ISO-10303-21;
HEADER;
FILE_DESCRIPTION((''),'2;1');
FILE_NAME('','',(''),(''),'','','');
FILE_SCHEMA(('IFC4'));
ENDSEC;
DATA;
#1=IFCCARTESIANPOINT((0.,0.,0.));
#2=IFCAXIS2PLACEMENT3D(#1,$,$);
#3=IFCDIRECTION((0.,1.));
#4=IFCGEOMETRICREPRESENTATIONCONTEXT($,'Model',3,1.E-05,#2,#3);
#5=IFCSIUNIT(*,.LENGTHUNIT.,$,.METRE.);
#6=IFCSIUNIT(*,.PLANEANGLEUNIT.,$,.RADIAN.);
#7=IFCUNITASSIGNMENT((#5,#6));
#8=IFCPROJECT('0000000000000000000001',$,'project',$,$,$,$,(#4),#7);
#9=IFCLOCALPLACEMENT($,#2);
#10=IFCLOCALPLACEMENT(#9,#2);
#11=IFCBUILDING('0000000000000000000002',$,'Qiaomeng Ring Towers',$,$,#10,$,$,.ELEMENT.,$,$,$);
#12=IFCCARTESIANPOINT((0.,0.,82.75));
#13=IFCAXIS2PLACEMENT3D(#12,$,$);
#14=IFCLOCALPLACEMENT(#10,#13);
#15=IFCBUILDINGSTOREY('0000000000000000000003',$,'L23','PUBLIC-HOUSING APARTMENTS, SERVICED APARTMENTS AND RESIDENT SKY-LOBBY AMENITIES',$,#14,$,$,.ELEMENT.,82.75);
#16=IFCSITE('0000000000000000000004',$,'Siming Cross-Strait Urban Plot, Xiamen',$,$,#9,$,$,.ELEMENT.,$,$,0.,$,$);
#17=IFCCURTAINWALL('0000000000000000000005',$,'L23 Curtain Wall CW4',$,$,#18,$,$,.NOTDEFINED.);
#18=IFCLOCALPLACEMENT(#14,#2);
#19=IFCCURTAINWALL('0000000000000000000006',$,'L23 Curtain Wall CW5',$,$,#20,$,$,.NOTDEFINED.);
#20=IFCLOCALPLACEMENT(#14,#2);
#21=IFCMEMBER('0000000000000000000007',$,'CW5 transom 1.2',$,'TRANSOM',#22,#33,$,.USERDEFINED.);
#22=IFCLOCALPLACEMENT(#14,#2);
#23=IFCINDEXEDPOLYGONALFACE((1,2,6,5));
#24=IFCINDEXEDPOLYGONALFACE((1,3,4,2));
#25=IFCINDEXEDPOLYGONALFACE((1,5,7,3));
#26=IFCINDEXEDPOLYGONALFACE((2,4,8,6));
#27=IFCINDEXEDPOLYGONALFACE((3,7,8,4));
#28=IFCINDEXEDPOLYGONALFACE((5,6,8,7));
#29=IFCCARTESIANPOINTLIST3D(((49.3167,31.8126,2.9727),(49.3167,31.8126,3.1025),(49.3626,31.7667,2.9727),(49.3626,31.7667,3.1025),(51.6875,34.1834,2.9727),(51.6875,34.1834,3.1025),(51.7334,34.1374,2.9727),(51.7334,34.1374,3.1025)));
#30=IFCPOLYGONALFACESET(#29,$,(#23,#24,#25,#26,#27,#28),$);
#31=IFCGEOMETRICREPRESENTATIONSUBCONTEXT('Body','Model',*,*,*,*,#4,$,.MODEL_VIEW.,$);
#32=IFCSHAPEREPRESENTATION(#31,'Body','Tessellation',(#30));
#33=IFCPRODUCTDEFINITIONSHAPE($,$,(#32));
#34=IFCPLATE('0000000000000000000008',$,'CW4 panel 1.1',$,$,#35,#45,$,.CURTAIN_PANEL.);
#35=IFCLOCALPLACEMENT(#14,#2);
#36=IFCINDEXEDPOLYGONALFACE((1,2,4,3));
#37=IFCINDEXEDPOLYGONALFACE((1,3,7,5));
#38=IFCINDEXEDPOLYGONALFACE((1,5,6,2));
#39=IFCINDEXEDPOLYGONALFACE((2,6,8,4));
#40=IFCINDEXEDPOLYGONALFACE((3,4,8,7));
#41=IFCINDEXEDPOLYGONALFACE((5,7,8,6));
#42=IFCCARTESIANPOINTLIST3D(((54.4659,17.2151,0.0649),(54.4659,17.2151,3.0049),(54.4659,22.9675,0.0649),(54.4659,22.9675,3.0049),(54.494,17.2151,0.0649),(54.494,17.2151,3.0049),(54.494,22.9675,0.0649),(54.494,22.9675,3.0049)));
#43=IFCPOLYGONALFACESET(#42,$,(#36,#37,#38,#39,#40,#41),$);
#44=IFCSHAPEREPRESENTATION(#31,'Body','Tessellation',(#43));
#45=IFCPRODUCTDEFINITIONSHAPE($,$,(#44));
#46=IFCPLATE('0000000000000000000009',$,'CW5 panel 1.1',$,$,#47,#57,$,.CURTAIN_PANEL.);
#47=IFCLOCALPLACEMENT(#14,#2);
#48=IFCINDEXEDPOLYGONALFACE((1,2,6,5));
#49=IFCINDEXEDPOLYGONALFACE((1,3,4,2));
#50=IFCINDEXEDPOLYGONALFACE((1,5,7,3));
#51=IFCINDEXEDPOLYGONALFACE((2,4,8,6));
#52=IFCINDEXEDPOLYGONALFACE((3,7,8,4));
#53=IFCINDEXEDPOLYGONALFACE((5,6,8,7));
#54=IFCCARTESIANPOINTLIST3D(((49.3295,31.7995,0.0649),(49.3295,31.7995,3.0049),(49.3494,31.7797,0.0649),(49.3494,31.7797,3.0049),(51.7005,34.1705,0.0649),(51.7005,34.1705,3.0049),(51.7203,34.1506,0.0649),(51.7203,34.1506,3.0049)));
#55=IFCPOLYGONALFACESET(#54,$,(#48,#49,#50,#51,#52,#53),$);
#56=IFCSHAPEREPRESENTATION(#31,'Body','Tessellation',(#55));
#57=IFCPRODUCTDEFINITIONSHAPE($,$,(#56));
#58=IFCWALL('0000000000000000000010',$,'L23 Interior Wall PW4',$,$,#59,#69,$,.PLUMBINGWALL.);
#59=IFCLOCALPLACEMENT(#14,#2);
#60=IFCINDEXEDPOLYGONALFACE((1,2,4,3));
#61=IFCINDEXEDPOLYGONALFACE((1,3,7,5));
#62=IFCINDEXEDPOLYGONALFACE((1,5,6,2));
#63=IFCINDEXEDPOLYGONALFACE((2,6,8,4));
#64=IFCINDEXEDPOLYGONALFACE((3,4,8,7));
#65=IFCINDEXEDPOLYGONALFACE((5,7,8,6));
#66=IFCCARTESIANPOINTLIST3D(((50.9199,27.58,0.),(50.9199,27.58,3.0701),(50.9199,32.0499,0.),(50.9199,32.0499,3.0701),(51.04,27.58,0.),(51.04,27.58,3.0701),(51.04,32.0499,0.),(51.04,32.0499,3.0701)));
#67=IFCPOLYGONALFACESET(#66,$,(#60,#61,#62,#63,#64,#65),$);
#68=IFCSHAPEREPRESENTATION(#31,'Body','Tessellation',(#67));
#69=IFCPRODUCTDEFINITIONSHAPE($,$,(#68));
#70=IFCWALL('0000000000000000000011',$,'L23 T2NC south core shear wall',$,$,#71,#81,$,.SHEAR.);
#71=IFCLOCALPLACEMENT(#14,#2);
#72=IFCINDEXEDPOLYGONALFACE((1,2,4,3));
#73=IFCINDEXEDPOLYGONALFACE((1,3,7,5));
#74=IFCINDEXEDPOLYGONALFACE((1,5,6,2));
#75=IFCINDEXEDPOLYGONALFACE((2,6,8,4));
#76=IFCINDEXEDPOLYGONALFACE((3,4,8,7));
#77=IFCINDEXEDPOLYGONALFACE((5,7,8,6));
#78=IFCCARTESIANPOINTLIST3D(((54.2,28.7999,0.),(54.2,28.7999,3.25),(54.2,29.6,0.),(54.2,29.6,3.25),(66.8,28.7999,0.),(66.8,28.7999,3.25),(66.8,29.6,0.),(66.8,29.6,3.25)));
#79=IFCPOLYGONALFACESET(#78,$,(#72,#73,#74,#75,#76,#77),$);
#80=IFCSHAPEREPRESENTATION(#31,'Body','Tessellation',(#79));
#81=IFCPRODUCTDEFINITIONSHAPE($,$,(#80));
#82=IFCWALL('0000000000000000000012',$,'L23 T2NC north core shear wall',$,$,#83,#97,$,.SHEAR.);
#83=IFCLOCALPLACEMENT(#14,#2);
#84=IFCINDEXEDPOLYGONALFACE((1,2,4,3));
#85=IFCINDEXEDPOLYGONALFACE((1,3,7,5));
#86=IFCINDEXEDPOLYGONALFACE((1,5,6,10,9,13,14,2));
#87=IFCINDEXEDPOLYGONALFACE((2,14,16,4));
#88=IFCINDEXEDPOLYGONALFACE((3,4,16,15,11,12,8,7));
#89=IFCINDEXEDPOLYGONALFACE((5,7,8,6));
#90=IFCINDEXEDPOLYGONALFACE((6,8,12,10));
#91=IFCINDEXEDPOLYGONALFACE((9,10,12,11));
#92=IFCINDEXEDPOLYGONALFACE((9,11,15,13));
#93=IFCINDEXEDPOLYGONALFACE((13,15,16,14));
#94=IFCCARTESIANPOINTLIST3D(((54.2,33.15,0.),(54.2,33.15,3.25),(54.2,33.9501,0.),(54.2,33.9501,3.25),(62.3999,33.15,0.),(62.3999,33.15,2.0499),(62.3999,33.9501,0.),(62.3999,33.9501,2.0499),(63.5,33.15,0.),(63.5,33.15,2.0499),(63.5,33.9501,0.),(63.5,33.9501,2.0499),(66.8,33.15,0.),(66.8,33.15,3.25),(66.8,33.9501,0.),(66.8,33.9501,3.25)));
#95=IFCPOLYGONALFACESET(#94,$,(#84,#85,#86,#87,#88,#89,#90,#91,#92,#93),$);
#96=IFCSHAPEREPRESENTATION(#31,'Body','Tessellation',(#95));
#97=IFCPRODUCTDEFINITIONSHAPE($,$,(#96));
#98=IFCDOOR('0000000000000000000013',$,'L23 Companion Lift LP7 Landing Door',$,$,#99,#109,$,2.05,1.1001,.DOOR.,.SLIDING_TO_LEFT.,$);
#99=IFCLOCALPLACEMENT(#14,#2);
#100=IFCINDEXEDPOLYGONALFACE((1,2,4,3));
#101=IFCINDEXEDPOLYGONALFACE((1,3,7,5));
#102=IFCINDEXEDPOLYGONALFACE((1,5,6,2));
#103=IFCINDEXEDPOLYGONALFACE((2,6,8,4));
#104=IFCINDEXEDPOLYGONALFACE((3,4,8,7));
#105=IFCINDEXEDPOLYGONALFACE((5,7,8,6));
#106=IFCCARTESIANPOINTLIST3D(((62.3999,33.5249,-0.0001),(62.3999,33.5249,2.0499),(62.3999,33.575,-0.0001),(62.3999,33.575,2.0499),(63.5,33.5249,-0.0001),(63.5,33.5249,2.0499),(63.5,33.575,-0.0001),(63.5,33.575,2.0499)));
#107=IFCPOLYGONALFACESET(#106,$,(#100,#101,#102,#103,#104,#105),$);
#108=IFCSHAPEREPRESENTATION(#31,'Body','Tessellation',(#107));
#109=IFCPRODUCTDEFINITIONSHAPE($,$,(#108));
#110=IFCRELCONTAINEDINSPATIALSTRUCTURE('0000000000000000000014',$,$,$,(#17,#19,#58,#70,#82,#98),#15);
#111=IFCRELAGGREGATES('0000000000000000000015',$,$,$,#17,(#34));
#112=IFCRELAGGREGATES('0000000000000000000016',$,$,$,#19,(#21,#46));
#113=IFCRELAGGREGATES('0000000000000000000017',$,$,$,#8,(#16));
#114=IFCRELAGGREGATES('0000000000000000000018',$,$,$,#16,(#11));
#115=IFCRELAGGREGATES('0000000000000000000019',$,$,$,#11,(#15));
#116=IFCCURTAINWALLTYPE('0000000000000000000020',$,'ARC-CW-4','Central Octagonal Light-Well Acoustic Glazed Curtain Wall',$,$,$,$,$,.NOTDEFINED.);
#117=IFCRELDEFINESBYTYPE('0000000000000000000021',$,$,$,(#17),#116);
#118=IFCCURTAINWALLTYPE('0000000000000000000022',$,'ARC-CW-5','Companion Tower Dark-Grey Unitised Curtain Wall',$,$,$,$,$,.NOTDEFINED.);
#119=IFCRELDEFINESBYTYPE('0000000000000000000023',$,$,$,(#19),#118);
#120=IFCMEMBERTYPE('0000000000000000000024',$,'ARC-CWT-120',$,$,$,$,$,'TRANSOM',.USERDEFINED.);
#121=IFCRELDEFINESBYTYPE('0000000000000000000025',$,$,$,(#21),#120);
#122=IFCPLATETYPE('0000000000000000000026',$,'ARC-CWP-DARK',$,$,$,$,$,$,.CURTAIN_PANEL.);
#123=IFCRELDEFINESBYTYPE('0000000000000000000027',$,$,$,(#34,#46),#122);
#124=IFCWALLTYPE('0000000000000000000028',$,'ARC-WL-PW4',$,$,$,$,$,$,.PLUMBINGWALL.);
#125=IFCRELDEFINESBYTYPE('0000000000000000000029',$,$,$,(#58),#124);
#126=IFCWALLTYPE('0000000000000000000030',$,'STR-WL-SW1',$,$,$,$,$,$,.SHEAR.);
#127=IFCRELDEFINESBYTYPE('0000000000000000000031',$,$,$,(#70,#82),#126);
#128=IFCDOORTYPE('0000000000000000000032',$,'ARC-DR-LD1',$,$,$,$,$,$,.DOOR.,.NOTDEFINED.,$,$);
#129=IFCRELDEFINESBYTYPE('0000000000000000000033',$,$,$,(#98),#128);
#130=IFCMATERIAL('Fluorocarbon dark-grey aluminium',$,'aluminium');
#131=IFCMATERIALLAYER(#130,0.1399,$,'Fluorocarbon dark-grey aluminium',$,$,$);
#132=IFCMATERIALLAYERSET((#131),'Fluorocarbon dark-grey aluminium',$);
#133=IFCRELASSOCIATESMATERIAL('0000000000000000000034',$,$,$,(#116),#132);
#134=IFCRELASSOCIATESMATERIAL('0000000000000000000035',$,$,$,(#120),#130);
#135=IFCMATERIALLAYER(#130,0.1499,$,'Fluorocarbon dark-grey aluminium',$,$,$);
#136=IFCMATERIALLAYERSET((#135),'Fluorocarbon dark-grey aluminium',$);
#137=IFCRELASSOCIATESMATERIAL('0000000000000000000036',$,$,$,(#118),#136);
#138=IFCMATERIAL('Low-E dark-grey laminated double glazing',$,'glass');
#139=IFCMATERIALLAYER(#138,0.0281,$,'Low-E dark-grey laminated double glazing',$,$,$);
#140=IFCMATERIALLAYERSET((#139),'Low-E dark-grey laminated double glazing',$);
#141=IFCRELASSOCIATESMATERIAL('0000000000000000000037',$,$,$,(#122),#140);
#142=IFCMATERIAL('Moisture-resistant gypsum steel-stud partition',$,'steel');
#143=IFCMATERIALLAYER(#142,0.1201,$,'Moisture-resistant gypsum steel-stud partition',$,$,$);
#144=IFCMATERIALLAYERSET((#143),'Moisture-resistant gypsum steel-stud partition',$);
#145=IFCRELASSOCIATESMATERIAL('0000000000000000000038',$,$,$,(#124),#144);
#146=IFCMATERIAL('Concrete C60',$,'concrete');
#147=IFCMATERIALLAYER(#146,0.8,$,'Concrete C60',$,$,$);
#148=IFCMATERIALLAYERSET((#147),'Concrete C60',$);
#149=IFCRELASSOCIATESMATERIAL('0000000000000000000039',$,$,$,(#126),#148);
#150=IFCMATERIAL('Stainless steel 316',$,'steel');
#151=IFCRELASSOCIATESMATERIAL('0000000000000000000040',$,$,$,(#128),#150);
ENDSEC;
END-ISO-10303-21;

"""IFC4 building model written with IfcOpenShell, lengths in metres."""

from ifc_helpers import new_model, si_unit, direction, frame, frame_2d, origin, origin_2d, place, context, subcontext, project, spatial, rectangle, extrude, source, transform, mapped, material, layer, layer_set, material_profile, profile_set, type_object, element, fill, aggregate, save


model = new_model("IFC4")

# Units and contexts
model_context = context("Model", 3, precision=1e-05, world=origin(), true_north=direction((0.0, 1.0)))
body_context = subcontext(model_context, "Body", "Model", "MODEL_VIEW")
ifc_project = project(units=[si_unit("LENGTHUNIT", "METRE"), si_unit("PLANEANGLEUNIT", "RADIAN")], contexts=[model_context])

# Site, building, storey
site_placement = place(None, origin())
site = spatial("IfcSite", under=ifc_project, at=site_placement, Name="Siming Cross-Strait Urban Plot, Xiamen", CompositionType="ELEMENT", RefElevation=0.0)
building_placement = place(site_placement, origin())
building = spatial("IfcBuilding", under=site, at=building_placement, Name="Qiaomeng Ring Towers", CompositionType="ELEMENT")
storey_placement = place(building_placement, frame((0.0, 0.0, 82.75)))
storey = spatial("IfcBuildingStorey", under=building, at=storey_placement, Name="L23", Description="PUBLIC-HOUSING APARTMENTS, SERVICED APARTMENTS AND RESIDENT SKY-LOBBY AMENITIES", CompositionType="ELEMENT", Elevation=82.75)

# Curtain wall
ifc_material_1 = material(Name="Fluorocarbon dark-grey aluminium", Category="aluminium")
ifc_layer_1 = layer(ifc_material_1, 0.1399, Name="Fluorocarbon dark-grey aluminium")
ifc_layer_set_1 = layer_set([ifc_layer_1], Name="Fluorocarbon dark-grey aluminium")
curtain_wall_type_1 = type_object("IfcCurtainWallType", Name="ARC-CW-4", Description="Central Octagonal Light-Well Acoustic Glazed Curtain Wall", PredefinedType="NOTDEFINED", material=ifc_layer_set_1)
curtain_wall_1_placement = place(storey_placement, origin())
curtain_wall_1 = element("IfcCurtainWall", 1, at=curtain_wall_1_placement, inside=storey, type_object=curtain_wall_type_1, Name="L23 Curtain Wall CW4", PredefinedType="NOTDEFINED")
ifc_material_profile_1 = material_profile(ifc_material_1, rectangle(XDim=0.0649, YDim=0.1299, at=origin_2d()), Name="ALU TRAN 65x130")
ifc_profile_set_1 = profile_set([ifc_material_profile_1], Name="Fluorocarbon dark-grey aluminium")
member_type_1 = type_object("IfcMemberType", Name="ARC-CWT-120", ElementType="TRANSOM", PredefinedType="USERDEFINED", material=ifc_profile_set_1)

# Shared definitions
ifc_layer_2 = layer(ifc_material_1, 0.1499, Name="Fluorocarbon dark-grey aluminium")
ifc_layer_set_2 = layer_set([ifc_layer_2], Name="Fluorocarbon dark-grey aluminium")
curtain_wall_type_2 = type_object("IfcCurtainWallType", Name="ARC-CW-5", Description="Companion Tower Dark-Grey Unitised Curtain Wall", PredefinedType="NOTDEFINED", material=ifc_layer_set_2)

# Curtain wall
curtain_wall_2_placement = place(storey_placement, origin())
curtain_wall_2 = element("IfcCurtainWall", 2, at=curtain_wall_2_placement, inside=storey, type_object=curtain_wall_type_2, Name="L23 Curtain Wall CW5", PredefinedType="NOTDEFINED")

# Member
shared_shape_1 = source(origin(), body_context, "Body", "SweptSolid", [
    extrude(rectangle(XDim=0.0649, YDim=0.1299, at=origin_2d()), origin(), (0.0, 0.0, 1.0), 3.3528),
])
member_1_placement = place(storey_placement, frame((51.7104, 34.1604, 3.0376), z_axis=(-0.707107, -0.707107, 0.0), x_axis=(0.707107, -0.707107, 0.0)))
member_1 = element("IfcMember", 3, at=member_1_placement, type_object=member_type_1, Name="CW5 transom 1.2", ObjectType="TRANSOM", PredefinedType="USERDEFINED", context=body_context, shape_type="MappedRepresentation", body=[
    mapped(shared_shape_1, transform((0.0, 0.0, 0.0), x_axis=(1.0, 0.0, 0.0), y_axis=(0.0, 1.0, 0.0), z_axis=(0.0, 0.0, 1.0), scale=1.0)),
])

# Plates
ifc_material_2 = material(Name="Low-E dark-grey laminated double glazing", Category="glass")
ifc_layer_3 = layer(ifc_material_2, 0.0281, Name="Low-E dark-grey laminated double glazing")
ifc_layer_set_3 = layer_set([ifc_layer_3], Name="Low-E dark-grey laminated double glazing")
plate_type = type_object("IfcPlateType", Name="ARC-CWP-DARK", PredefinedType="CURTAIN_PANEL", material=ifc_layer_set_3)
shared_shape_2 = source(origin(), body_context, "Body", "SweptSolid", [
    extrude(rectangle(XDim=5.7524, YDim=0.0281, at=origin_2d()), origin(), (0.0, 0.0, 1.0), 2.9399),
])
plate_1_placement = place(storey_placement, frame((54.48, 20.0913, 0.0649), z_axis=(0.0, 0.0, 1.0), x_axis=(0.0, 1.0, 0.0)))
plate_1 = element("IfcPlate", 4, at=plate_1_placement, type_object=plate_type, Name="CW4 panel 1.1", PredefinedType="CURTAIN_PANEL", context=body_context, shape_type="MappedRepresentation", body=[
    mapped(shared_shape_2, transform((0.0, 0.0, 0.0), x_axis=(1.0, 0.0, 0.0), y_axis=(0.0, 1.0, 0.0), z_axis=(0.0, 0.0, 1.0), scale=1.0)),
])
aggregate(curtain_wall_1, [plate_1])
shared_shape_3 = source(origin(), body_context, "Body", "SweptSolid", [
    extrude(rectangle(XDim=3.353, YDim=0.0281, at=origin_2d()), origin(), (0.0, 0.0, 1.0), 2.9399),
])
plate_2_placement = place(storey_placement, frame((50.5249, 32.9751, 0.0649), z_axis=(0.0, 0.0, 1.0), x_axis=(-0.707107, -0.707107, 0.0)))
plate_2 = element("IfcPlate", 5, at=plate_2_placement, type_object=plate_type, Name="CW5 panel 1.1", PredefinedType="CURTAIN_PANEL", context=body_context, shape_type="MappedRepresentation", body=[
    mapped(shared_shape_3, transform((0.0, 0.0, 0.0), x_axis=(1.0, 0.0, 0.0), y_axis=(0.0, 1.0, 0.0), z_axis=(0.0, 0.0, 1.0), scale=1.0)),
])
aggregate(curtain_wall_2, [member_1, plate_2])

# Walls
ifc_material_3 = material(Name="Moisture-resistant gypsum steel-stud partition", Category="steel")
ifc_layer_4 = layer(ifc_material_3, 0.1201, Name="Moisture-resistant gypsum steel-stud partition")
ifc_layer_set_4 = layer_set([ifc_layer_4], Name="Moisture-resistant gypsum steel-stud partition")
wall_type_1 = type_object("IfcWallType", Name="ARC-WL-PW4", PredefinedType="PLUMBINGWALL", material=ifc_layer_set_4)
wall_1_placement = place(storey_placement, frame((50.98, 27.5801, 0.0), z_axis=(0.0, 0.0, 1.0), x_axis=(0.0, 1.0, 0.0)))
element("IfcWall", 6, at=wall_1_placement, inside=storey, type_object=wall_type_1, Name="L23 Interior Wall PW4", PredefinedType="PLUMBINGWALL", context=body_context, shape_type="SweptSolid", body=[
    extrude(rectangle(XDim=4.47, YDim=0.1201, at=frame_2d((2.2349, 0.0))), origin(), (0.0, 0.0, 1.0), 3.0701),
])
ifc_material_4 = material(Name="Concrete C60", Category="concrete")
ifc_layer_5 = layer(ifc_material_4, 0.8, Name="Concrete C60")
ifc_layer_set_5 = layer_set([ifc_layer_5], Name="Concrete C60")
wall_type_2 = type_object("IfcWallType", Name="STR-WL-SW1", PredefinedType="SHEAR", material=ifc_layer_set_5)
wall_2_placement = place(storey_placement, frame((54.2, 29.2, 0.0), z_axis=(0.0, 0.0, 1.0), x_axis=(1.0, 0.0, 0.0)))
element("IfcWall", 7, at=wall_2_placement, inside=storey, type_object=wall_type_2, Name="L23 T2NC south core shear wall", PredefinedType="SHEAR", context=body_context, shape_type="SweptSolid", body=[
    extrude(rectangle(XDim=12.6001, YDim=0.8, at=frame_2d((6.3, 0.0))), origin(), (0.0, 0.0, 1.0), 3.25),
])

# Wall, opening, door
wall_3_placement = place(storey_placement, frame((54.2, 33.55, 0.0), z_axis=(0.0, 0.0, 1.0), x_axis=(1.0, 0.0, 0.0)))
wall_3 = element("IfcWall", 8, at=wall_3_placement, inside=storey, type_object=wall_type_2, Name="L23 T2NC north core shear wall", PredefinedType="SHEAR", context=body_context, shape_type="SweptSolid", body=[
    extrude(rectangle(XDim=12.6001, YDim=0.8, at=frame_2d((6.3, 0.0))), origin(), (0.0, 0.0, 1.0), 3.25),
])
opening_placement = place(wall_3_placement, frame((8.2, 0.0, 0.0)))
opening = element("IfcOpeningElement", 9, at=opening_placement, cuts=wall_3, PredefinedType="OPENING", context=body_context, shape_type="SweptSolid", body=[
    extrude(rectangle(XDim=1.1001, YDim=2.05, at=frame_2d((0.55, 1.0249))), frame((0.0, 0.4099, 0.0), z_axis=(0.0, -1.0, 0.0), x_axis=(1.0, 0.0, 0.0)), (0.0, 0.0, 1.0), 0.8201),
])
ifc_material_5 = material(Name="Stainless steel 316", Category="steel")
door_type = type_object("IfcDoorType", Name="ARC-DR-LD1", OperationType="NOTDEFINED", PredefinedType="DOOR", material=ifc_material_5)
shared_shape_4 = source(origin(), body_context, "Body", "SweptSolid", [
    extrude(rectangle(XDim=1.1001, YDim=2.05, at=frame_2d((0.55, 1.0249))), frame((0.0, 0.0249, 0.0), z_axis=(0.0, -1.0, 0.0), x_axis=(1.0, 0.0, 0.0)), (0.0, 0.0, 1.0), 0.05),
])
door_placement = place(opening_placement, origin())
door = element("IfcDoor", 10, at=door_placement, inside=storey, type_object=door_type, Name="L23 Companion Lift LP7 Landing Door", OperationType="SLIDING_TO_LEFT", OverallHeight=2.05, OverallWidth=1.1001, PredefinedType="DOOR", context=body_context, shape_type="MappedRepresentation", body=[
    mapped(shared_shape_4, transform((0.0, 0.0, 0.0), x_axis=(1.0, 0.0, 0.0), y_axis=(0.0, 1.0, 0.0), z_axis=(0.0, 0.0, 1.0), scale=1.0)),
])
fill(opening, door)

save(model, "model.ifc")
